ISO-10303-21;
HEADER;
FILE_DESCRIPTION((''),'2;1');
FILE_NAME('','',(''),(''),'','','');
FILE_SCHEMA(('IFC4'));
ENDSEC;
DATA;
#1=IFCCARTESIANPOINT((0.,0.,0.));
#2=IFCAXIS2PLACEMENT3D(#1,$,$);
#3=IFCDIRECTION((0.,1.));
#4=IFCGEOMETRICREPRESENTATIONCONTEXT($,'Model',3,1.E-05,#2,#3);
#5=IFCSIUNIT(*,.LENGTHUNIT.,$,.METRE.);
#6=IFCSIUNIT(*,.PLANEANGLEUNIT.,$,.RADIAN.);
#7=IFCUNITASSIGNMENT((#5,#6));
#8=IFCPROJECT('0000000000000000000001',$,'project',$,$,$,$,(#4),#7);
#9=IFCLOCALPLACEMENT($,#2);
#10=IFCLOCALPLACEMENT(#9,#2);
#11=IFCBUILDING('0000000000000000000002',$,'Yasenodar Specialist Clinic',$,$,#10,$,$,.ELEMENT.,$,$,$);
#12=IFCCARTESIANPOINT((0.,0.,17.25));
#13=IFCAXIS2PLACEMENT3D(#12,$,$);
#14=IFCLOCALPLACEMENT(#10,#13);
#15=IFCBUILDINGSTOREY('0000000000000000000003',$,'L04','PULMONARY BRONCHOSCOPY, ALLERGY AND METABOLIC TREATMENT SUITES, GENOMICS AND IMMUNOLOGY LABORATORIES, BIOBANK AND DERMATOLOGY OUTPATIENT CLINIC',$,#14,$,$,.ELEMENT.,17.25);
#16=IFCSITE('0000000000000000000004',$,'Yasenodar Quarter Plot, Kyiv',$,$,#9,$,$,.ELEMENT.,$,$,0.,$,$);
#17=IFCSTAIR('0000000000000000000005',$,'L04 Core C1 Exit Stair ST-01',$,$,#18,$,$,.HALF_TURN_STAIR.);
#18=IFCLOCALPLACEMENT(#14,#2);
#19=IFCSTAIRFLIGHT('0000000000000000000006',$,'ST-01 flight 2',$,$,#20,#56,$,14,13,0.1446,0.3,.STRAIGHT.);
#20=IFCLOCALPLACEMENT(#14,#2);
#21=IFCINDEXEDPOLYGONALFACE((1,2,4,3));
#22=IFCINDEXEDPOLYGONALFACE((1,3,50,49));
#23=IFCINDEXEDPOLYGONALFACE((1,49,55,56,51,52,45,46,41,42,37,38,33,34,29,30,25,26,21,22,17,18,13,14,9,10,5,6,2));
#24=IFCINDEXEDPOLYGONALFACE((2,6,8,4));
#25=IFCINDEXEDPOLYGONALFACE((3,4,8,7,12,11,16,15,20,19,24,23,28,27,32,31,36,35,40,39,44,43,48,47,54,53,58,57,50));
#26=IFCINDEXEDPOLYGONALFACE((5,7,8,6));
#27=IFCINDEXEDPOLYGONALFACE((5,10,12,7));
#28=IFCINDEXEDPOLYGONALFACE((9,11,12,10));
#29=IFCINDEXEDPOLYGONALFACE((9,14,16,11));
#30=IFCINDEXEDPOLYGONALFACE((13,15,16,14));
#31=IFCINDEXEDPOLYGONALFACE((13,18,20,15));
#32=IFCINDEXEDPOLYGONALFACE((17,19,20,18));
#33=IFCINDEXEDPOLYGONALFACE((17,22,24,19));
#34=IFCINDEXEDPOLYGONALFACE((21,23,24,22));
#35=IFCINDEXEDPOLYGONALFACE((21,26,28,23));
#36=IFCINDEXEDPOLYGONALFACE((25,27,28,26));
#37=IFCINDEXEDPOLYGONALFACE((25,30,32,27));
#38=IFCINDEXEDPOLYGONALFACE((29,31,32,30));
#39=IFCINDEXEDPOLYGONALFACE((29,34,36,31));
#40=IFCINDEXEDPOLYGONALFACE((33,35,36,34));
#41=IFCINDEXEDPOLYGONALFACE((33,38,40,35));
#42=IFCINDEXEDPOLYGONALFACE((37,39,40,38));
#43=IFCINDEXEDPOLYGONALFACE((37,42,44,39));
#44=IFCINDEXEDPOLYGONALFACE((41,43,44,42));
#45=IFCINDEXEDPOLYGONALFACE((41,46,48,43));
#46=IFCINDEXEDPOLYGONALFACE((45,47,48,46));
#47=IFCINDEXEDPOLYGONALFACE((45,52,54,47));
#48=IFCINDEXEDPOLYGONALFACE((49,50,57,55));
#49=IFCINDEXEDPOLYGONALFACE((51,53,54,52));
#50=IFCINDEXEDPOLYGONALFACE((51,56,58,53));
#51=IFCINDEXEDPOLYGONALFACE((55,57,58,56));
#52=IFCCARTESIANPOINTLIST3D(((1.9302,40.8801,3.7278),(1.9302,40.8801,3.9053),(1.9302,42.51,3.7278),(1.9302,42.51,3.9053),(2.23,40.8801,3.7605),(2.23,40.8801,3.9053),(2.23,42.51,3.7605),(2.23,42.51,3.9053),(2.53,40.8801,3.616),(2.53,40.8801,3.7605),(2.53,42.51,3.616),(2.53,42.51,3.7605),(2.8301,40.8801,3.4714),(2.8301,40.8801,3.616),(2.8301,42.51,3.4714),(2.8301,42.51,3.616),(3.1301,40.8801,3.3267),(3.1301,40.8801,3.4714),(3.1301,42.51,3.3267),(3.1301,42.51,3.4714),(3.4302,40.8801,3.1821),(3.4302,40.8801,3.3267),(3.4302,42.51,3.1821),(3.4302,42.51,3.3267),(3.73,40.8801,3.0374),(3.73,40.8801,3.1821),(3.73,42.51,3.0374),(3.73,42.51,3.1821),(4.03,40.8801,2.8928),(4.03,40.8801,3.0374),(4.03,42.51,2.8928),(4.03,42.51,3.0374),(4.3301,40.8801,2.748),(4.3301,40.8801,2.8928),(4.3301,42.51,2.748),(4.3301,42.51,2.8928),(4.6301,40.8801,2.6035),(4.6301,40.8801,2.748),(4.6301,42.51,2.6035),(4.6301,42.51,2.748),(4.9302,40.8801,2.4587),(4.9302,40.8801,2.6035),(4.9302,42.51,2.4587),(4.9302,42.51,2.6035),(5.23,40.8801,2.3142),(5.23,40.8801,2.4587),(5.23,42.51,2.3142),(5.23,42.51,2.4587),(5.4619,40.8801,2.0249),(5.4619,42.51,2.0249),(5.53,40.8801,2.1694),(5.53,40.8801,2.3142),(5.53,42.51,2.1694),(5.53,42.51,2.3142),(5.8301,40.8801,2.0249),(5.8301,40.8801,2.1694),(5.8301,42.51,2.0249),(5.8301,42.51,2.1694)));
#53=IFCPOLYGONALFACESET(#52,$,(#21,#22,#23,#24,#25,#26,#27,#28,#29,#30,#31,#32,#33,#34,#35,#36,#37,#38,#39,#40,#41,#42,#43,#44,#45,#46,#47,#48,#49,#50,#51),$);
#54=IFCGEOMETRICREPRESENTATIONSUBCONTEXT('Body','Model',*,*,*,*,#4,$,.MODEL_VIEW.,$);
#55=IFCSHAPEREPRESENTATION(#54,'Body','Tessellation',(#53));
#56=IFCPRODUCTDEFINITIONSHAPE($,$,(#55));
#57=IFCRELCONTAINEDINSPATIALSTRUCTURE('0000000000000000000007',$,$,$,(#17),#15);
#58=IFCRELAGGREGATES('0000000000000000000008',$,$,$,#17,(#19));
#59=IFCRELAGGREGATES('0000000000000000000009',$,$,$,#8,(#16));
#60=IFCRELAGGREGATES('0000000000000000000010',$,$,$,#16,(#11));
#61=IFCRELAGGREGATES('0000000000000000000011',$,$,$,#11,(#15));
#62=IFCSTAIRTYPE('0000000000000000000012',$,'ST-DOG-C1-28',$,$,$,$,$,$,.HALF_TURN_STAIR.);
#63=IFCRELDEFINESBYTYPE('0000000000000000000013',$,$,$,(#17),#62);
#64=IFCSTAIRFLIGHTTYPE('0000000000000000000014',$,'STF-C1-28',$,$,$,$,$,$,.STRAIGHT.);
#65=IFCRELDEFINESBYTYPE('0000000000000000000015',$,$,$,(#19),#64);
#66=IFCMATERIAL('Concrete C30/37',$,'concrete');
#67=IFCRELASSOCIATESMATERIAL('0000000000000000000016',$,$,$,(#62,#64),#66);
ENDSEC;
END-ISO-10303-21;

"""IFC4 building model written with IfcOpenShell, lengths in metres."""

from ifc_helpers import new_model, si_unit, direction, frame, origin, place, context, subcontext, project, spatial, polyline, outline, extrude, material, type_object, element, aggregate, save


model = new_model("IFC4")

# Units and contexts
model_context = context("Model", 3, precision=1e-05, world=origin(), true_north=direction((0.0, 1.0)))
body_context = subcontext(model_context, "Body", "Model", "MODEL_VIEW")
ifc_project = project(units=[si_unit("LENGTHUNIT", "METRE"), si_unit("PLANEANGLEUNIT", "RADIAN")], contexts=[model_context])

# Site, building, storey
site_placement = place(None, origin())
site = spatial("IfcSite", under=ifc_project, at=site_placement, Name="Yasenodar Quarter Plot, Kyiv", CompositionType="ELEMENT", RefElevation=0.0)
building_placement = place(site_placement, origin())
building = spatial("IfcBuilding", under=site, at=building_placement, Name="Yasenodar Specialist Clinic", CompositionType="ELEMENT")
storey_placement = place(building_placement, frame((0.0, 0.0, 17.25)))
storey = spatial("IfcBuildingStorey", under=building, at=storey_placement, Name="L04", Description="PULMONARY BRONCHOSCOPY, ALLERGY AND METABOLIC TREATMENT SUITES, GENOMICS AND IMMUNOLOGY LABORATORIES, BIOBANK AND DERMATOLOGY OUTPATIENT CLINIC", CompositionType="ELEMENT", Elevation=17.25)

# Stair, stair flight
ifc_material_1 = material(Name="Concrete C30/37", Category="concrete")
stair_type = type_object("IfcStairType", Name="ST-DOG-C1-28", PredefinedType="HALF_TURN_STAIR", material=ifc_material_1)
stair_placement = place(storey_placement, origin())
stair = element("IfcStair", 1, at=stair_placement, inside=storey, type_object=stair_type, Name="L04 Core C1 Exit Stair ST-01", PredefinedType="HALF_TURN_STAIR")
stair_flight_type = type_object("IfcStairFlightType", Name="STF-C1-28", PredefinedType="STRAIGHT", material=ifc_material_1)
stair_flight_1_placement = place(storey_placement, frame((5.8301, 41.6951, 2.0249), z_axis=(0.0, 0.0, 1.0), x_axis=(-1.0, 0.0, 0.0)))
stair_flight_1 = element("IfcStairFlight", 2, at=stair_flight_1_placement, type_object=stair_flight_type, Name="ST-01 flight 2", NumberOfRisers=14, NumberOfTreads=13, PredefinedType="STRAIGHT", RiserHeight=0.1446, TreadLength=0.3, context=body_context, shape_type="SweptSolid", body=[
    extrude(outline(polyline([(0.0, 0.0), (0.0, 0.1445), (0.3, 0.1445), (0.3, 0.2893), (0.6001, 0.2893), (0.6001, 0.4338), (0.8999, 0.4338), (0.8999, 0.5786), (1.2, 0.5786), (1.2, 0.7231), (1.5, 0.7231), (1.5, 0.8679), (1.8, 0.8679), (1.8, 1.0125), (2.1001, 1.0125), (2.1001, 1.1572), (2.3999, 1.1572), (2.3999, 1.3018), (2.7, 1.3018), (2.7, 1.4465), (3.0, 1.4465), (3.0, 1.5911), (3.3, 1.5911), (3.3, 1.7356), (3.6001, 1.7356), (3.6001, 1.8804), (3.8999, 1.8804), (3.8999, 2.0249), (3.8999, 1.7029), (0.3682, 0.0), (0.0, 0.0)])), frame((0.0, 0.8149, 0.0), z_axis=(0.0, -1.0, 0.0), x_axis=(1.0, 0.0, 0.0)), (0.0, 0.0, 1.0), 1.6299),
])
aggregate(stair, [stair_flight_1])

save(model, "model.ifc")
